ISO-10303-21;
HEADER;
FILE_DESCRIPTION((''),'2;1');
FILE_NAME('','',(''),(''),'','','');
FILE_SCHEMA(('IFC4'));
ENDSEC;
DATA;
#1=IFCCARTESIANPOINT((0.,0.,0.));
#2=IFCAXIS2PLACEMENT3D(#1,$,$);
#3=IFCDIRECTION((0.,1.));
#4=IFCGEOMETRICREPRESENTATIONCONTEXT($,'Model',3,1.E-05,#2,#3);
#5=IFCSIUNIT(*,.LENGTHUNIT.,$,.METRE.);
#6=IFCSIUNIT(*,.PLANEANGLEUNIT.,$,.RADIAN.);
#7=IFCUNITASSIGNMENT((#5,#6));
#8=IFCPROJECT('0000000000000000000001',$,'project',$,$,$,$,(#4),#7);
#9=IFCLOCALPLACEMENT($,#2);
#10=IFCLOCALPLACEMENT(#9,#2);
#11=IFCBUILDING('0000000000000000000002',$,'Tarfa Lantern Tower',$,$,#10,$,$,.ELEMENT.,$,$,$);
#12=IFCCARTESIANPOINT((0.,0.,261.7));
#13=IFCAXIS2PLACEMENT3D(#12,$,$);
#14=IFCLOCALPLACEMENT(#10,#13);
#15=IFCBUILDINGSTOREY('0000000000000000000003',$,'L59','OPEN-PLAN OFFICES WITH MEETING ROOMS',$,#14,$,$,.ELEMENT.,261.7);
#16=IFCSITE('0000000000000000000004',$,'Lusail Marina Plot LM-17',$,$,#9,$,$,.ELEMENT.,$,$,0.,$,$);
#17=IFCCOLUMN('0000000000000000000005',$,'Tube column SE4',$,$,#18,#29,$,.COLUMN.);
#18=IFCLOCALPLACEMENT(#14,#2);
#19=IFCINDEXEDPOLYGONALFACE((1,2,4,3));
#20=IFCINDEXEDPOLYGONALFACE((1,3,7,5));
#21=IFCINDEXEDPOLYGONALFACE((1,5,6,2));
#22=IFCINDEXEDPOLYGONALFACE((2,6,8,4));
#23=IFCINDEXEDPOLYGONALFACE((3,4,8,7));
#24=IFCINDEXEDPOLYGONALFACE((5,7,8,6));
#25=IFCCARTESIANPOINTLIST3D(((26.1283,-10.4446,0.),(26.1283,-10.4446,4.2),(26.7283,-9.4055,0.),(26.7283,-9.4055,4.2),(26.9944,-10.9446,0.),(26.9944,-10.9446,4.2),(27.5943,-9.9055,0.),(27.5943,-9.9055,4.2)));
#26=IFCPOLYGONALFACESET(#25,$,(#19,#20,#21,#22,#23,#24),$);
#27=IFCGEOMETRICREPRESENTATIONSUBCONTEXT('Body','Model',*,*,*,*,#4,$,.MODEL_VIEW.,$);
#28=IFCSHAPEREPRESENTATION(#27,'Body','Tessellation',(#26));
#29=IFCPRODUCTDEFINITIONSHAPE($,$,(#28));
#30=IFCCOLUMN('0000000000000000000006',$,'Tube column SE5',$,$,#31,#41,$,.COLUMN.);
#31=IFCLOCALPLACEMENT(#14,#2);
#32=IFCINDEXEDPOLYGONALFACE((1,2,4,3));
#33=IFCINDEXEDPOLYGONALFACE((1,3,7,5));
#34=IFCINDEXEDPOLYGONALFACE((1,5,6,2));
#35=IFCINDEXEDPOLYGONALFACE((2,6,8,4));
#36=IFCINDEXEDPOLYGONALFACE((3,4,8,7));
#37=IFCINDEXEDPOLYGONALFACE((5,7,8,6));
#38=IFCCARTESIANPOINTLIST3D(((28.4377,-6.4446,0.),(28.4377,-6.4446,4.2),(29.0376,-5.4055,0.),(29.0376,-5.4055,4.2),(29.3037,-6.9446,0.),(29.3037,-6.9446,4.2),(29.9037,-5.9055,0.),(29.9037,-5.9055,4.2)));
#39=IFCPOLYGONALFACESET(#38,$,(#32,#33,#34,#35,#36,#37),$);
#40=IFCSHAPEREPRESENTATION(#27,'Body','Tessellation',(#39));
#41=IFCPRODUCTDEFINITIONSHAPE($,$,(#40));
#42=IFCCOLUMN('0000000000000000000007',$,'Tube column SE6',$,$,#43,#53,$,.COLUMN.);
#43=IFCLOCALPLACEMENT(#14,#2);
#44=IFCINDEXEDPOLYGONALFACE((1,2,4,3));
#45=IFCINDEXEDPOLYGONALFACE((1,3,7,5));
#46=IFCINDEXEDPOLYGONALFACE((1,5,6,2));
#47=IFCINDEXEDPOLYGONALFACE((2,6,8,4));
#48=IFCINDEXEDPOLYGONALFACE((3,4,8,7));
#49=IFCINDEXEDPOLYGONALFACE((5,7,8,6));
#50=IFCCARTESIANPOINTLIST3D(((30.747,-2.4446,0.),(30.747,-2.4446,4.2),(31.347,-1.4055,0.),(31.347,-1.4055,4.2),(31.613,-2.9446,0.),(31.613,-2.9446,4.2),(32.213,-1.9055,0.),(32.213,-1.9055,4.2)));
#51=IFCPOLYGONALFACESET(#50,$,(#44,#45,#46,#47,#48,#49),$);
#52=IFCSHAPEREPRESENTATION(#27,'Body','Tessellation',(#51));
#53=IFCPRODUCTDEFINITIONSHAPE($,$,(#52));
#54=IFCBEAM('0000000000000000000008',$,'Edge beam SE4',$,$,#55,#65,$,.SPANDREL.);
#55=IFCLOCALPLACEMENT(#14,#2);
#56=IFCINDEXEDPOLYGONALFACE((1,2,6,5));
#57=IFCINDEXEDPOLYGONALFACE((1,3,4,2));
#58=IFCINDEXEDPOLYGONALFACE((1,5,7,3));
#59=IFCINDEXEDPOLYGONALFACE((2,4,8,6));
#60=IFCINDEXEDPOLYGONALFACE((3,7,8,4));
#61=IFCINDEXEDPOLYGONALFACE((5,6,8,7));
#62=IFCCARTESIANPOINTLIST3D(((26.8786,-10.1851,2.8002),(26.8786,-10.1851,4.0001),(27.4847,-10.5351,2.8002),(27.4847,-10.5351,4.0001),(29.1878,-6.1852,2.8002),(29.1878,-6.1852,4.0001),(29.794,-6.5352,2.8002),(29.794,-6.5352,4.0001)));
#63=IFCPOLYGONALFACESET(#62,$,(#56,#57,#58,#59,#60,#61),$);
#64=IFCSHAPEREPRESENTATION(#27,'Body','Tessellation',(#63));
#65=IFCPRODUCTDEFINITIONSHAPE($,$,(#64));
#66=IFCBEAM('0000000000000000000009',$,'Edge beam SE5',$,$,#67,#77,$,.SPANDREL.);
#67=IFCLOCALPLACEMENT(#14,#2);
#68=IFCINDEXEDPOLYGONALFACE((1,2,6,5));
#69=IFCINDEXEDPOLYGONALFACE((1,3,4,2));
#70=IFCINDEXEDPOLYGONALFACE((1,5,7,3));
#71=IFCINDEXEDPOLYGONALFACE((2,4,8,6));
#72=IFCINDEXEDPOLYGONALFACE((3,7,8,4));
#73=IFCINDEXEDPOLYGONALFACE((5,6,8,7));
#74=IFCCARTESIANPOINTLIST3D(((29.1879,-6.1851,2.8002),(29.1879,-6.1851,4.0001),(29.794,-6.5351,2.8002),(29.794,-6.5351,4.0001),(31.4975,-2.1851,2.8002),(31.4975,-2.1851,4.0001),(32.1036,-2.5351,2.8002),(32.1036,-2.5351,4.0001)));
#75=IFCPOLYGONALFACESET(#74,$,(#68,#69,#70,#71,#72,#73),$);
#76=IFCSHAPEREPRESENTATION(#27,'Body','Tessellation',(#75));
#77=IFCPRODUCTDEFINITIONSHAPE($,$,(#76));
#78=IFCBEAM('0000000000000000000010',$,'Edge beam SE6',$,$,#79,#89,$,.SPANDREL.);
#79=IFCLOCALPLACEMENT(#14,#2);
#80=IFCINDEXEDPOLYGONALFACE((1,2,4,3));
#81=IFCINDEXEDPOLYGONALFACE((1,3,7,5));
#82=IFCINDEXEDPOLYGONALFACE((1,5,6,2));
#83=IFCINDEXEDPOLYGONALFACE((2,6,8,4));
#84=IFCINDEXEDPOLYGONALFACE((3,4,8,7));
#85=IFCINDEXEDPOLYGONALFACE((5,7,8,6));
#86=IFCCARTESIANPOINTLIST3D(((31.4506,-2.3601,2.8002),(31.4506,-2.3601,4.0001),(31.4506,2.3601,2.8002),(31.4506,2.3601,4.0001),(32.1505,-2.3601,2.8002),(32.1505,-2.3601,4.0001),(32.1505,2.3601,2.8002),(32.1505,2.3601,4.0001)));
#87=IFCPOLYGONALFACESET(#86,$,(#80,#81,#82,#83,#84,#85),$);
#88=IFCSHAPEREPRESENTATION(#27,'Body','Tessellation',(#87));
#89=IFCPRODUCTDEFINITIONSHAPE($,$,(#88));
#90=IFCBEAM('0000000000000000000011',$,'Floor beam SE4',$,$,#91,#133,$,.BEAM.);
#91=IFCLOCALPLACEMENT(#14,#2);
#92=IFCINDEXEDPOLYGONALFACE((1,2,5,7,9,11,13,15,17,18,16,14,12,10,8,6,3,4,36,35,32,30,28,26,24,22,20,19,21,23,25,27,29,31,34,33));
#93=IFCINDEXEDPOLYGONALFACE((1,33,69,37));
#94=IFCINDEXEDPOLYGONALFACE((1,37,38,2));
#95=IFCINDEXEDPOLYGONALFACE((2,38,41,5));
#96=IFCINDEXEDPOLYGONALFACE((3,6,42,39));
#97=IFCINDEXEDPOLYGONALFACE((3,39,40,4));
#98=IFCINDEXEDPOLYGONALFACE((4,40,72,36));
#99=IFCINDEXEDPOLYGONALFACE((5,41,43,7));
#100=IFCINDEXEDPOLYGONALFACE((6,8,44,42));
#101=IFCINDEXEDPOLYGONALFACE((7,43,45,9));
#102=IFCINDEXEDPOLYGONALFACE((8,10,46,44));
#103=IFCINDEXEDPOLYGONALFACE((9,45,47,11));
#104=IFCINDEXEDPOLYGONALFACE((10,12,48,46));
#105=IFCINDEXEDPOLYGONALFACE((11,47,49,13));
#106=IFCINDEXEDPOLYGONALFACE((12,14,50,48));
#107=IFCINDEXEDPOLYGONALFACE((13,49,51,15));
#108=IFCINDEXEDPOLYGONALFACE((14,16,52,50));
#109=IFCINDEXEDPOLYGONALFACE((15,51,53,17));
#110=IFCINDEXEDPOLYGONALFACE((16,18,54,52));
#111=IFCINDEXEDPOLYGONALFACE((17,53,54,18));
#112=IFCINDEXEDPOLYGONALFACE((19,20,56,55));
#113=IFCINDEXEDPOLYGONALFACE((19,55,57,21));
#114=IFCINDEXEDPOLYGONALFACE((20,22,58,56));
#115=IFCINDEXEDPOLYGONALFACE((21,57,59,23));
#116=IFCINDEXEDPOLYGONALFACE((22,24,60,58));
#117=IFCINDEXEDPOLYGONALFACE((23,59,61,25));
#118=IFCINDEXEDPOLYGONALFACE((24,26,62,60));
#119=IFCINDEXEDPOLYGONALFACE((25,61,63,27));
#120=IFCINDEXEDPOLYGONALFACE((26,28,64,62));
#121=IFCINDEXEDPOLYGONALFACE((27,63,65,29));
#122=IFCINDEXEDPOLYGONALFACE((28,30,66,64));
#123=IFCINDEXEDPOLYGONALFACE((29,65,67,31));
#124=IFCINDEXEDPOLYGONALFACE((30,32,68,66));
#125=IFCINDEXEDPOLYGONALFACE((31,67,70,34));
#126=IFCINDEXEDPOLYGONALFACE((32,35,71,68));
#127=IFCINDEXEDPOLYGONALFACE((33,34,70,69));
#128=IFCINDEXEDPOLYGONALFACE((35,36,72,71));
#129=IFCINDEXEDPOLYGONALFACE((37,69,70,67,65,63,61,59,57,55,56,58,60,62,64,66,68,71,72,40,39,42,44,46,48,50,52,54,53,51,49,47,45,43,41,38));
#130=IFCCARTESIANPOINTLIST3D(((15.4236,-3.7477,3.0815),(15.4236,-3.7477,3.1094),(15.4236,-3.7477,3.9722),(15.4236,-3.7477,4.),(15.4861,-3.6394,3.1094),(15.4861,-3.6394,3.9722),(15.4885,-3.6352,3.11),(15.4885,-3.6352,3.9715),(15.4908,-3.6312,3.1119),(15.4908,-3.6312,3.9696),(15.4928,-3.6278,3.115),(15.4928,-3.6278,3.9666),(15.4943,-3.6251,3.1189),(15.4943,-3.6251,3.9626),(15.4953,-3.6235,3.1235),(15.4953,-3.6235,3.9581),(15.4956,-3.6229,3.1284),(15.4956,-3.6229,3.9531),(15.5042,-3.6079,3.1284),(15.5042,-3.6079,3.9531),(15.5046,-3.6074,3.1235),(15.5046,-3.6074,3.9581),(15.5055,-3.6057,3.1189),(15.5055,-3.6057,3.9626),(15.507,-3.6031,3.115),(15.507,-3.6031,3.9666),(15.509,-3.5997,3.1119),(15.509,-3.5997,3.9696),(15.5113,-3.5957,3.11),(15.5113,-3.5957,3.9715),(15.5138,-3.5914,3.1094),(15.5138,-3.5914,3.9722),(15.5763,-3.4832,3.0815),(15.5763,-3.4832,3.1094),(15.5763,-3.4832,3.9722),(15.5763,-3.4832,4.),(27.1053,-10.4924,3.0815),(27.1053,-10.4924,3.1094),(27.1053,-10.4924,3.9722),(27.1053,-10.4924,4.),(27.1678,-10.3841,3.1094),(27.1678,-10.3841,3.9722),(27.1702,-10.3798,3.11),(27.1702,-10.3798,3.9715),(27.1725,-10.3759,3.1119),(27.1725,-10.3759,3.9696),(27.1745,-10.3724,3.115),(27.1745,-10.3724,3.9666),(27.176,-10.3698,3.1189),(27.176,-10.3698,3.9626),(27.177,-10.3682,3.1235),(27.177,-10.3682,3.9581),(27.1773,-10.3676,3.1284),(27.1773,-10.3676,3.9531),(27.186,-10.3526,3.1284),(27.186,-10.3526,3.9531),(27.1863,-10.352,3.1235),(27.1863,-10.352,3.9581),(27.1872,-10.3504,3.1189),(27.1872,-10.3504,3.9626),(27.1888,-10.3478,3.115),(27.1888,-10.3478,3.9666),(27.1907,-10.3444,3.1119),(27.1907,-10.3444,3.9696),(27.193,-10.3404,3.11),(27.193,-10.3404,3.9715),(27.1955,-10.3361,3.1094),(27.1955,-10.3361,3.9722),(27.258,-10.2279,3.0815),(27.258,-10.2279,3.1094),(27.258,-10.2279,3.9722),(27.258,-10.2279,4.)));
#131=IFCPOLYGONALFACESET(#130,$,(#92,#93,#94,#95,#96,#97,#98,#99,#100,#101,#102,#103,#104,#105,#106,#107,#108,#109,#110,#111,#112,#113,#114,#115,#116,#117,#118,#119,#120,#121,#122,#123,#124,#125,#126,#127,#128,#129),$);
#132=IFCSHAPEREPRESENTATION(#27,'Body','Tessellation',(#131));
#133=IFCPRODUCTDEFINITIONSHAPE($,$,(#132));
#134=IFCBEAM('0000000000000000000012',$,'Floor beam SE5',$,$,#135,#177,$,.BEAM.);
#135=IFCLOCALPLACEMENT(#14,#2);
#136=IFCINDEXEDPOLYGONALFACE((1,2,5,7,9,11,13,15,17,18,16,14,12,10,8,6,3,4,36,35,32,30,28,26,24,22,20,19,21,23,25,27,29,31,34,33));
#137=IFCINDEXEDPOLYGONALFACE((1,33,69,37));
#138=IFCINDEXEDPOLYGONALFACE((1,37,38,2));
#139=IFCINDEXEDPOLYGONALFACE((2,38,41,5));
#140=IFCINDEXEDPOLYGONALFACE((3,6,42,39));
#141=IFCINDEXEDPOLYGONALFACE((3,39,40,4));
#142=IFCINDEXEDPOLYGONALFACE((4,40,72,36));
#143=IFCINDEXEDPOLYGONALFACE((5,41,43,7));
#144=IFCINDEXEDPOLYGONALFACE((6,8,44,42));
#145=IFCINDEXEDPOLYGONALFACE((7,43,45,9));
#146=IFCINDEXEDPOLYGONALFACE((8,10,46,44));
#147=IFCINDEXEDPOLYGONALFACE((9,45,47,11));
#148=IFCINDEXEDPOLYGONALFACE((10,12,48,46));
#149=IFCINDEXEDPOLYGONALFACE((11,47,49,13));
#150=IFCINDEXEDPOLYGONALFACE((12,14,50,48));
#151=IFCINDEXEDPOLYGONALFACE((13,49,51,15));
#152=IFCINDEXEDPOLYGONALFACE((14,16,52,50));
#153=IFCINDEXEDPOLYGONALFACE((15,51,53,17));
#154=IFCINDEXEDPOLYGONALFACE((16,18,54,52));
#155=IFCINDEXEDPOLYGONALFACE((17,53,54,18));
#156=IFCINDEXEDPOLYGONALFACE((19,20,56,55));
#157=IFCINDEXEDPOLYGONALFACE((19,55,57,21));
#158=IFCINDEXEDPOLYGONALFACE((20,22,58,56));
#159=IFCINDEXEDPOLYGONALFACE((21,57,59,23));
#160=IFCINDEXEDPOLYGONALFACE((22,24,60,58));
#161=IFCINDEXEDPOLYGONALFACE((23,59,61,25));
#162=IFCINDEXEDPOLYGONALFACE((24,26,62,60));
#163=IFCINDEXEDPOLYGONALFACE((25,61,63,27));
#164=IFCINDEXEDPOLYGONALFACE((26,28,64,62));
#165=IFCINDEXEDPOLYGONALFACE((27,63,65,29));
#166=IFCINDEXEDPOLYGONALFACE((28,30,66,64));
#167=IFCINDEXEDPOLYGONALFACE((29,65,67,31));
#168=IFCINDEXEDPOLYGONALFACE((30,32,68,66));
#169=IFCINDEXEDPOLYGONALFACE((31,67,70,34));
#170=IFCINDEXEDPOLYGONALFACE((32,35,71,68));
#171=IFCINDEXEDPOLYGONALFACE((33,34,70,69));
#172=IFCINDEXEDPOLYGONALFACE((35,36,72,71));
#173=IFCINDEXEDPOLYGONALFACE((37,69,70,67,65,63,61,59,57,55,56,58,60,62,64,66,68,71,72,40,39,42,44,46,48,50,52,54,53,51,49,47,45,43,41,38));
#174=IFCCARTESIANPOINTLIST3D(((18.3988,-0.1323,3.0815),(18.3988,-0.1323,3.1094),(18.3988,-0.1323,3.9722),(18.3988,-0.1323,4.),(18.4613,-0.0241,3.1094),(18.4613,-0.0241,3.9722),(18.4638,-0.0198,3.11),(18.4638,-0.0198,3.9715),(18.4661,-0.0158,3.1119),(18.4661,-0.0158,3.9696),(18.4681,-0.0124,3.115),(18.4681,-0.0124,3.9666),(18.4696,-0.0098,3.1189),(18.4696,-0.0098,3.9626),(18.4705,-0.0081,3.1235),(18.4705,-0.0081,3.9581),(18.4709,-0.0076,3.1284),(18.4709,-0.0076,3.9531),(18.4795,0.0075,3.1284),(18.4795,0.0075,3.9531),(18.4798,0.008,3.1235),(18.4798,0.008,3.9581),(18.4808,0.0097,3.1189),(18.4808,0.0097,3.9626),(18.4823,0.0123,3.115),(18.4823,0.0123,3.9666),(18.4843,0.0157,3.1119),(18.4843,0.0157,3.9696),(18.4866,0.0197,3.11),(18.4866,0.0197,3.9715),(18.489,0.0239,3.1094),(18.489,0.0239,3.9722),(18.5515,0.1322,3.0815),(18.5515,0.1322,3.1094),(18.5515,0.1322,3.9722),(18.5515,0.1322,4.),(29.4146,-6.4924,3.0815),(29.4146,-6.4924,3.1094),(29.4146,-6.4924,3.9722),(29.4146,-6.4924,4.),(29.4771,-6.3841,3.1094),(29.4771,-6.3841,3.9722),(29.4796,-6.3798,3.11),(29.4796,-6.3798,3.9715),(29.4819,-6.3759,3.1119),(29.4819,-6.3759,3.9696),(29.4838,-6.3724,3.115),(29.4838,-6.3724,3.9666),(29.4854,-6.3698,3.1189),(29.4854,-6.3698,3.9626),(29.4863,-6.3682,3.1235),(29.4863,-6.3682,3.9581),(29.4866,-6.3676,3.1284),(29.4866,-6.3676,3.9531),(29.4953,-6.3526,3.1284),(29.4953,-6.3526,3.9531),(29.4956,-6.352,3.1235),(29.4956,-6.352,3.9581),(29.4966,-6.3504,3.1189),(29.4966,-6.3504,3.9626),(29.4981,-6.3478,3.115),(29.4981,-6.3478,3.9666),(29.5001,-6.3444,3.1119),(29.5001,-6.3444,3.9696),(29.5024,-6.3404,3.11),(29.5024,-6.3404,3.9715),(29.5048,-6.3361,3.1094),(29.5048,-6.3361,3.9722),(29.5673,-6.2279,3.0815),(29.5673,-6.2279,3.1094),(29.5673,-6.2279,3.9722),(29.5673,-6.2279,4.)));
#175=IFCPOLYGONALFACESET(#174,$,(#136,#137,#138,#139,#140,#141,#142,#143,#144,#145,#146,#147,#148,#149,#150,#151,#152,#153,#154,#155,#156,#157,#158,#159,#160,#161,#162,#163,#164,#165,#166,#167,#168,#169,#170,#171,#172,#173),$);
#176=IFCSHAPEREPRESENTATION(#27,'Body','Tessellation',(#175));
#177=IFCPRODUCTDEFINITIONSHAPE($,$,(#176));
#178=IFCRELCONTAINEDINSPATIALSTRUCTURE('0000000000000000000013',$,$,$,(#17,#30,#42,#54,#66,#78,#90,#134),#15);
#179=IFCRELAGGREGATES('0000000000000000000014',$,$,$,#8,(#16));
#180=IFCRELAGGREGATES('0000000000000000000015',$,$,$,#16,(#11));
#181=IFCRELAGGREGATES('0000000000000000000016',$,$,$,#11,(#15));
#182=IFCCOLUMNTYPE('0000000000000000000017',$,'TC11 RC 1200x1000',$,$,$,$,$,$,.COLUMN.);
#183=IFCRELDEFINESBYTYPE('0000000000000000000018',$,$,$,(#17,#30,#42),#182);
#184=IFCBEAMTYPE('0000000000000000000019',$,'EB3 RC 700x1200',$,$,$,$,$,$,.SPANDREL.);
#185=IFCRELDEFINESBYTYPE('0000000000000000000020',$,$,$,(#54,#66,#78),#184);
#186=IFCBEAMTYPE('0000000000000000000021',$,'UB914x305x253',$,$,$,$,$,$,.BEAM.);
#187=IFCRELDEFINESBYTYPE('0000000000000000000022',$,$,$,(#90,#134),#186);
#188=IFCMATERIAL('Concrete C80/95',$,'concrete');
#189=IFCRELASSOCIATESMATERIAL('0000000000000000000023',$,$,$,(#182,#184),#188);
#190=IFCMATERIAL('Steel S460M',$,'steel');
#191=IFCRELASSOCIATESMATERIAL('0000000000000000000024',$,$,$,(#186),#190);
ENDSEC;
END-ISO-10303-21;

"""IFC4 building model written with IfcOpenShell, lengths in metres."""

from ifc_helpers import new_model, si_unit, direction, frame, origin, origin_2d, place, context, subcontext, project, spatial, rectangle, i_section, extrude, material, material_profile, profile_set, type_object, element, save


model = new_model("IFC4")

# Units and contexts
model_context = context("Model", 3, precision=1e-05, world=origin(), true_north=direction((0.0, 1.0)))
body_context = subcontext(model_context, "Body", "Model", "MODEL_VIEW")
ifc_project = project(units=[si_unit("LENGTHUNIT", "METRE"), si_unit("PLANEANGLEUNIT", "RADIAN")], contexts=[model_context])

# Site, building, storey
site_placement = place(None, origin())
site = spatial("IfcSite", under=ifc_project, at=site_placement, Name="Lusail Marina Plot LM-17", CompositionType="ELEMENT", RefElevation=0.0)
building_placement = place(site_placement, origin())
building = spatial("IfcBuilding", under=site, at=building_placement, Name="Tarfa Lantern Tower", CompositionType="ELEMENT")
storey_placement = place(building_placement, frame((0.0, 0.0, 261.7)))
storey = spatial("IfcBuildingStorey", under=building, at=storey_placement, Name="L59", Description="OPEN-PLAN OFFICES WITH MEETING ROOMS", CompositionType="ELEMENT", Elevation=261.7)

# Columns
ifc_material_1 = material(Name="Concrete C80/95", Category="concrete")
ifc_material_profile_1 = material_profile(ifc_material_1, rectangle(XDim=1.2, YDim=1.0, at=origin_2d()), Name="RC 1200x1000")
ifc_profile_set_1 = profile_set([ifc_material_profile_1], Name="Concrete C80/95")
column_type = type_object("IfcColumnType", Name="TC11 RC 1200x1000", PredefinedType="COLUMN", material=ifc_profile_set_1)
for number, where, z_axis, x_axis, name in (
    (1, (26.8613, -10.175, 0.0), (0.0, 0.0, 1.0), (0.5, 0.866025, 0.0), "Tube column SE4"),
    (2, (29.1707, -6.175, 0.0), (0.0, 0.0, 1.0), (0.5, 0.866025, 0.0), "Tube column SE5"),
    (3, (31.48, -2.175, 0.0), (0.0, 0.0, 1.0), (0.5, 0.866025, 0.0), "Tube column SE6"),
):
    element("IfcColumn", number, at=place(storey_placement, frame(where, z_axis=z_axis, x_axis=x_axis)), inside=storey, type_object=column_type, Name=name, PredefinedType="COLUMN", context=body_context, shape_type="SweptSolid", body=[
        extrude(rectangle(XDim=1.2, YDim=1.0, at=origin_2d()), origin(), (0.0, 0.0, 1.0), 4.2),
    ])

# Beams
ifc_material_profile_2 = material_profile(ifc_material_1, rectangle(XDim=0.7, YDim=1.2, at=origin_2d()), Name="RC 700x1200")
ifc_profile_set_2 = profile_set([ifc_material_profile_2], Name="Concrete C80/95")
beam_type_1 = type_object("IfcBeamType", Name="EB3 RC 700x1200", PredefinedType="SPANDREL", material=ifc_profile_set_2)
beam_1_placement = place(storey_placement, frame((27.1816, -10.3601, 3.4001), z_axis=(0.499988, 0.866032, 0.0), x_axis=(-0.866032, 0.499988, 0.0)))
element("IfcBeam", 4, at=beam_1_placement, inside=storey, type_object=beam_type_1, Name="Edge beam SE4", PredefinedType="SPANDREL", context=body_context, shape_type="SweptSolid", body=[
    extrude(rectangle(XDim=0.7, YDim=1.2, at=origin_2d()), origin(), (0.0, 0.0, 1.0), 4.6187),
])
beam_2_placement = place(storey_placement, frame((29.491, -6.3601, 3.4001), z_axis=(0.500027, 0.86601, 0.0), x_axis=(-0.86601, 0.500027, 0.0)))
element("IfcBeam", 5, at=beam_2_placement, inside=storey, type_object=beam_type_1, Name="Edge beam SE5", PredefinedType="SPANDREL", context=body_context, shape_type="SweptSolid", body=[
    extrude(rectangle(XDim=0.7, YDim=1.2, at=origin_2d()), origin(), (0.0, 0.0, 1.0), 4.6189),
])
beam_3_placement = place(storey_placement, frame((31.8005, -2.3601, 3.4001), z_axis=(0.0, 1.0, 0.0), x_axis=(-1.0, 0.0, 0.0)))
element("IfcBeam", 6, at=beam_3_placement, inside=storey, type_object=beam_type_1, Name="Edge beam SE6", PredefinedType="SPANDREL", context=body_context, shape_type="SweptSolid", body=[
    extrude(rectangle(XDim=0.7, YDim=1.2, at=origin_2d()), origin(), (0.0, 0.0, 1.0), 4.7202),
])
ifc_material_2 = material(Name="Steel S460M", Category="steel")
ifc_material_profile_3 = material_profile(ifc_material_2, i_section(OverallWidth=0.3054, OverallDepth=0.9185, WebThickness=0.0173, FlangeThickness=0.0278, FilletRadius=0.019, at=origin_2d()), Name="UB914x305x253")
ifc_profile_set_3 = profile_set([ifc_material_profile_3], Name="Steel S460M")
beam_type_2 = type_object("IfcBeamType", Name="UB914x305x253", PredefinedType="BEAM", material=ifc_profile_set_3)
beam_4_placement = place(storey_placement, frame((27.1816, -10.3601, 3.5408), z_axis=(-0.866018, 0.500013, 0.0), x_axis=(-0.500013, -0.866018, 0.0)))
element("IfcBeam", 7, at=beam_4_placement, inside=storey, type_object=beam_type_2, Name="Floor beam SE4", PredefinedType="BEAM", context=body_context, shape_type="SweptSolid", body=[
    extrude(i_section(OverallWidth=0.3054, OverallDepth=0.9185, WebThickness=0.0173, FlangeThickness=0.0278, FilletRadius=0.019, at=origin_2d()), origin(), (0.0, 0.0, 1.0), 13.489),
])
beam_5_placement = place(storey_placement, frame((29.491, -6.3601, 3.5408), z_axis=(-0.866022, 0.500005, 0.0), x_axis=(-0.500005, -0.866022, 0.0)))
element("IfcBeam", 8, at=beam_5_placement, inside=storey, type_object=beam_type_2, Name="Floor beam SE5", PredefinedType="BEAM", context=body_context, shape_type="SweptSolid", body=[
    extrude(i_section(OverallWidth=0.3054, OverallDepth=0.9185, WebThickness=0.0173, FlangeThickness=0.0278, FilletRadius=0.019, at=origin_2d()), origin(), (0.0, 0.0, 1.0), 12.72),
])

save(model, "model.ifc")
